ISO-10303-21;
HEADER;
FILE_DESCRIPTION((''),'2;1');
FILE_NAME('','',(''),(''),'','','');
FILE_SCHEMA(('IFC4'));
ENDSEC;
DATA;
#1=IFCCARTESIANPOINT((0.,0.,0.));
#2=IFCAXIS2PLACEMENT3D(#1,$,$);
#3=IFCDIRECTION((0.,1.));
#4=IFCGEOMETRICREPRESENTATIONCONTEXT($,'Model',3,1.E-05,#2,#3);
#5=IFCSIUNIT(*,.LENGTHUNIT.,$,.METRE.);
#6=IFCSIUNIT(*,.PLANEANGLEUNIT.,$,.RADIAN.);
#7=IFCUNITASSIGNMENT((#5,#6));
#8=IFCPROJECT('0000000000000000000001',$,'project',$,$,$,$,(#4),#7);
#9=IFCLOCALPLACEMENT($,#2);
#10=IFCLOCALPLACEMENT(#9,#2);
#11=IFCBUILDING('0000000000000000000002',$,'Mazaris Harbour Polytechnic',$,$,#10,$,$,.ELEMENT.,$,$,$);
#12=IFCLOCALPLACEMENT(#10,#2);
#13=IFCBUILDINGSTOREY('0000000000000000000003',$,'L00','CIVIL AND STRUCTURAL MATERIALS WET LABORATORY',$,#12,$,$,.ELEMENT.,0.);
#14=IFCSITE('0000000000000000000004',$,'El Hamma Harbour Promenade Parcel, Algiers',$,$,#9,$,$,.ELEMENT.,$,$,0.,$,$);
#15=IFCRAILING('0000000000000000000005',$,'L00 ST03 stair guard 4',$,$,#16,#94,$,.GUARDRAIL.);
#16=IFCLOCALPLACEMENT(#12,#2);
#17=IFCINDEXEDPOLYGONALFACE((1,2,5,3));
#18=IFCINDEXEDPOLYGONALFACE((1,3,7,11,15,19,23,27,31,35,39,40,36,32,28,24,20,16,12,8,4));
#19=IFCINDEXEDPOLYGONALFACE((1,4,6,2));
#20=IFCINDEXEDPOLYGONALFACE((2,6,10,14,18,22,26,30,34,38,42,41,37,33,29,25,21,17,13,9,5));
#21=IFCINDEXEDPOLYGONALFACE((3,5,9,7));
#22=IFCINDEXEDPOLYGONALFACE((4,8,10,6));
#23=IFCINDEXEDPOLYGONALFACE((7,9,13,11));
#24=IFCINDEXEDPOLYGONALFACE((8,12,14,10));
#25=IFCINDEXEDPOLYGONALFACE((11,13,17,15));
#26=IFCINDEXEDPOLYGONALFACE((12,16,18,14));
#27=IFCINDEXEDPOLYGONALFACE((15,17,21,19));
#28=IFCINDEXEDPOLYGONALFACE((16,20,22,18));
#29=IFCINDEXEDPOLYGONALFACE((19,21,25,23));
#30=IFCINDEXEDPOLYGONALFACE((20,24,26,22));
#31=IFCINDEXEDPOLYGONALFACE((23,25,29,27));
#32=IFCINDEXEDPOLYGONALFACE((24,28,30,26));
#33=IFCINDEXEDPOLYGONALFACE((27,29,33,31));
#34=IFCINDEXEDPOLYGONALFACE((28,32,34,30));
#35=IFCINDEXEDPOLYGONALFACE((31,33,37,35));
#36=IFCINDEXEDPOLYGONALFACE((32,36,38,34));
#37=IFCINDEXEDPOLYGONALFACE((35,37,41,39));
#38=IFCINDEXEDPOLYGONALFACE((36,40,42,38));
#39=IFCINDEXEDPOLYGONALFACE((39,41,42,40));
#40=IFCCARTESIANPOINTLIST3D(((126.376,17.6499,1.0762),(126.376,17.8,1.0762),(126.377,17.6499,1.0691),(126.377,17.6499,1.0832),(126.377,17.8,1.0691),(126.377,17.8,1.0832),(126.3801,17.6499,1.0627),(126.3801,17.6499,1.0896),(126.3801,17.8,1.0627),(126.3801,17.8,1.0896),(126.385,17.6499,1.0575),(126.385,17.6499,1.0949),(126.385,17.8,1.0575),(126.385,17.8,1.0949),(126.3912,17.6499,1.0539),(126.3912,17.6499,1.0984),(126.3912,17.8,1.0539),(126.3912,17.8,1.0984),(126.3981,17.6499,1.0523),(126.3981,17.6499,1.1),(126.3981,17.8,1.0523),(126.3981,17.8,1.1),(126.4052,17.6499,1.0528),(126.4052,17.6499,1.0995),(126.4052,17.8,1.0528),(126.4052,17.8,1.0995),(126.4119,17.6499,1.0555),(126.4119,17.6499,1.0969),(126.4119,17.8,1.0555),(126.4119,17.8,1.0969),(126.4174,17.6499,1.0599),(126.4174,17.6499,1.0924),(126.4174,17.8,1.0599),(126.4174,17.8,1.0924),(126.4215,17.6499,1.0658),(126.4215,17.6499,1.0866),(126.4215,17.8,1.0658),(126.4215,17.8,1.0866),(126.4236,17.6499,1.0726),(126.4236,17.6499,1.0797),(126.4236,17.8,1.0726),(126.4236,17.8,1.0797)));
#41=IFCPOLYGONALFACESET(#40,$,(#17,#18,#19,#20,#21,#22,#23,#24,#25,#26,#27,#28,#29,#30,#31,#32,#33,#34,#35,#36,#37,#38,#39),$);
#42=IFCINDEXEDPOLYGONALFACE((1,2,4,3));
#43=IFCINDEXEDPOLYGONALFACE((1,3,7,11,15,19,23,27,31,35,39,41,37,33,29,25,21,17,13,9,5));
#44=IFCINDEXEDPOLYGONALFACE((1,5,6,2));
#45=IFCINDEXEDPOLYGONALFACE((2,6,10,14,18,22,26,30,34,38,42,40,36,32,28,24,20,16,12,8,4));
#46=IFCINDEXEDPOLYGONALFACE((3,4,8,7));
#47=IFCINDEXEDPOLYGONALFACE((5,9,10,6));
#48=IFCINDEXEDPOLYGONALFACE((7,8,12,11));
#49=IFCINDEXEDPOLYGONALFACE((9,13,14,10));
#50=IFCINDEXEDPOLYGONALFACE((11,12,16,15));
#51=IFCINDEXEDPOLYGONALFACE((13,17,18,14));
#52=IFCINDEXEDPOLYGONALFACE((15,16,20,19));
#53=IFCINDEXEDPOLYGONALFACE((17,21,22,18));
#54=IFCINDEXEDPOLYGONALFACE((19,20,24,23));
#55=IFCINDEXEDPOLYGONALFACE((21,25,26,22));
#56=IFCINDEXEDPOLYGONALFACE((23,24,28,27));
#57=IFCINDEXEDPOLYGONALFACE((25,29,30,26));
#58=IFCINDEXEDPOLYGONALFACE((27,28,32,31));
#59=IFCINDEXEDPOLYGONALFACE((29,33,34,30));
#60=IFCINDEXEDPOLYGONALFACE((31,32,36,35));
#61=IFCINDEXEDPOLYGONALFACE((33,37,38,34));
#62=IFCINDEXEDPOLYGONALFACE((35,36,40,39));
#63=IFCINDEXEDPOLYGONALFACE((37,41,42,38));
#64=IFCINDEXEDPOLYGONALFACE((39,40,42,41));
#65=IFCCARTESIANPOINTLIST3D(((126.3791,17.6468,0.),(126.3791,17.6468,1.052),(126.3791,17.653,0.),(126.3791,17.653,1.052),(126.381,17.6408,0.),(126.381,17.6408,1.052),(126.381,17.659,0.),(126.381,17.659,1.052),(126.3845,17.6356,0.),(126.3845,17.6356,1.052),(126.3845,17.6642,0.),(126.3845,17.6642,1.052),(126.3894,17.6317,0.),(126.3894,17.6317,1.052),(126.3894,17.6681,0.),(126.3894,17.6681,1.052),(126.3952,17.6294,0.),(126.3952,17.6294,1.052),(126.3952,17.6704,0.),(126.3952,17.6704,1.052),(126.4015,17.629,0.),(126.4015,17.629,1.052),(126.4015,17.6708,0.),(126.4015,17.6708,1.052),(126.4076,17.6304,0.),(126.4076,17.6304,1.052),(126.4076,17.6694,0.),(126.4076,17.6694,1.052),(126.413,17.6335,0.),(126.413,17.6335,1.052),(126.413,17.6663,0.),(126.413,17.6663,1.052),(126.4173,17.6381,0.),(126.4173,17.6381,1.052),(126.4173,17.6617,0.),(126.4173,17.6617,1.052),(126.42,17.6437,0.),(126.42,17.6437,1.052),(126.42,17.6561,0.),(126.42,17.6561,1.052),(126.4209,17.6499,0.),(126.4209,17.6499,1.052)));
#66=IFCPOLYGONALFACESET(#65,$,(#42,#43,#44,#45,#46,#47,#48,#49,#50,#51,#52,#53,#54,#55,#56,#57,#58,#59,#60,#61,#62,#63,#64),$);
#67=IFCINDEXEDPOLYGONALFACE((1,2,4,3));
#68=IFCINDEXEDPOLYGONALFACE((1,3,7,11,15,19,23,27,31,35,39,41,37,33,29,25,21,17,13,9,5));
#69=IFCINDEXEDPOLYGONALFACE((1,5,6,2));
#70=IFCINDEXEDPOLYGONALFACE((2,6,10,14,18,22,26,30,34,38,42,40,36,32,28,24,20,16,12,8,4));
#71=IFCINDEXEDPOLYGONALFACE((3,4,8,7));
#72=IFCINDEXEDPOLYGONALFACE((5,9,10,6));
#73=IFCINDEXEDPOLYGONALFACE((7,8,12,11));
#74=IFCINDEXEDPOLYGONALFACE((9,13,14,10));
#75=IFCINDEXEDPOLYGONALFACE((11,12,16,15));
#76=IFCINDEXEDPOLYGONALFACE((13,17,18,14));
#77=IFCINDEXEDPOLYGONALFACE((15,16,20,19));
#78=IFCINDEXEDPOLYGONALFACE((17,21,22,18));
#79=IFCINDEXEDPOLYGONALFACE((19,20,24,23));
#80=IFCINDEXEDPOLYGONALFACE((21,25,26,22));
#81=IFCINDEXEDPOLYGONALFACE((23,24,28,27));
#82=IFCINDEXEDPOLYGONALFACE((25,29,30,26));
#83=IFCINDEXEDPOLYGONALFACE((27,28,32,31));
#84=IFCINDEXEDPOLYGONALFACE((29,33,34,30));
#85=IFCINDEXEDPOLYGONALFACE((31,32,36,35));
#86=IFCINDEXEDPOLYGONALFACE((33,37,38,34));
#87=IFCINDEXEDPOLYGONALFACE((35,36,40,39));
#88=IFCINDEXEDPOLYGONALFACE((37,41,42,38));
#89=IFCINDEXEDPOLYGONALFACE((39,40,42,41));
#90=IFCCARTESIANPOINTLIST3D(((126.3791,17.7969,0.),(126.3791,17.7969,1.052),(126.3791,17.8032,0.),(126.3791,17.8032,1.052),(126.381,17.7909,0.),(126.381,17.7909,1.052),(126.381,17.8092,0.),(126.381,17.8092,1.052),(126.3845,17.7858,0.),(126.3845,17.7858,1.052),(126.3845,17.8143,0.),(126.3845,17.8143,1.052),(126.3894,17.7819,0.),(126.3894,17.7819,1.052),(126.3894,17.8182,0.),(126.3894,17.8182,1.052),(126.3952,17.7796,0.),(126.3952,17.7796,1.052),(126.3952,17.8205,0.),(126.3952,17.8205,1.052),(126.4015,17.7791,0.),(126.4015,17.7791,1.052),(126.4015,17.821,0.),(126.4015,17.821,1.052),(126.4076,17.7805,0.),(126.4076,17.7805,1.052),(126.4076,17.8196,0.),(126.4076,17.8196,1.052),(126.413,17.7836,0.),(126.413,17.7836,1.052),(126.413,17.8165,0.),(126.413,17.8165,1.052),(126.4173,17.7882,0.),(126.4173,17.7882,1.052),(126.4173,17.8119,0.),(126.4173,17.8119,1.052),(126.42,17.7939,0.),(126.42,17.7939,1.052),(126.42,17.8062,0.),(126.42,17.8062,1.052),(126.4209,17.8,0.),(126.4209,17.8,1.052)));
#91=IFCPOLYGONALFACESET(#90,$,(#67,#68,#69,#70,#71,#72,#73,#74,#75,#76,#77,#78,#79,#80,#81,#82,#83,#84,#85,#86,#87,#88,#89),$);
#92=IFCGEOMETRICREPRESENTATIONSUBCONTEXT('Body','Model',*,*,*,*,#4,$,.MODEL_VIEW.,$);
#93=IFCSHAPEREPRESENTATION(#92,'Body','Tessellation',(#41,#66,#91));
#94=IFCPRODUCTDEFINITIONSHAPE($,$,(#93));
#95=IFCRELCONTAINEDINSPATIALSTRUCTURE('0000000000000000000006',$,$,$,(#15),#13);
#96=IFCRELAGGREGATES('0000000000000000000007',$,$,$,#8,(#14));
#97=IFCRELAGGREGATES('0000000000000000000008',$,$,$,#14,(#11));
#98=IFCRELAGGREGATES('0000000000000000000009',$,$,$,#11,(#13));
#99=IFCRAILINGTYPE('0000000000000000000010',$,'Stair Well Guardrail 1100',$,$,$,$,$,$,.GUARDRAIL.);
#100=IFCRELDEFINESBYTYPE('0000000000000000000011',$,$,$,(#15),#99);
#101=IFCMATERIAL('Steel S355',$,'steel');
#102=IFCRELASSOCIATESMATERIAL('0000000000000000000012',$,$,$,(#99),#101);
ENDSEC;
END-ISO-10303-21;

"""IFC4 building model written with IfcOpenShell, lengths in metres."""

from ifc_helpers import new_model, si_unit, direction, frame, origin, origin_2d, place, context, subcontext, project, spatial, circle, extrude, material, type_object, element, save


model = new_model("IFC4")

# Units and contexts
model_context = context("Model", 3, precision=1e-05, world=origin(), true_north=direction((0.0, 1.0)))
body_context = subcontext(model_context, "Body", "Model", "MODEL_VIEW")
ifc_project = project(units=[si_unit("LENGTHUNIT", "METRE"), si_unit("PLANEANGLEUNIT", "RADIAN")], contexts=[model_context])

# Site, building, storey
site_placement = place(None, origin())
site = spatial("IfcSite", under=ifc_project, at=site_placement, Name="El Hamma Harbour Promenade Parcel, Algiers", CompositionType="ELEMENT", RefElevation=0.0)
building_placement = place(site_placement, origin())
building = spatial("IfcBuilding", under=site, at=building_placement, Name="Mazaris Harbour Polytechnic", CompositionType="ELEMENT")
storey_placement = place(building_placement, origin())
storey = spatial("IfcBuildingStorey", under=building, at=storey_placement, Name="L00", Description="CIVIL AND STRUCTURAL MATERIALS WET LABORATORY", CompositionType="ELEMENT", Elevation=0.0)

# Railing
ifc_material_1 = material(Name="Steel S355", Category="steel")
railing_type_1 = type_object("IfcRailingType", Name="Stair Well Guardrail 1100", PredefinedType="GUARDRAIL", material=ifc_material_1)
railing_1_placement = place(storey_placement, frame((126.3999, 17.6499, 0.0)))
element("IfcRailing", 1, at=railing_1_placement, inside=storey, type_object=railing_type_1, Name="L00 ST03 stair guard 4", PredefinedType="GUARDRAIL", context=body_context, shape_type="SweptSolid", body=[
    extrude(circle(Radius=0.0239, at=origin_2d()), frame((0.0, 0.0, 1.0762), z_axis=(0.0, 1.0, 0.0), x_axis=(-1.0, 0.0, 0.0)), (0.0, 0.0, 1.0), 0.1501),
    extrude(circle(Radius=0.021, at=origin_2d()), origin(), (0.0, 0.0, 1.0), 1.052),
    extrude(circle(Radius=0.021, at=origin_2d()), frame((0.0, 0.1501, 0.0)), (0.0, 0.0, 1.0), 1.052),
])

save(model, "model.ifc")
